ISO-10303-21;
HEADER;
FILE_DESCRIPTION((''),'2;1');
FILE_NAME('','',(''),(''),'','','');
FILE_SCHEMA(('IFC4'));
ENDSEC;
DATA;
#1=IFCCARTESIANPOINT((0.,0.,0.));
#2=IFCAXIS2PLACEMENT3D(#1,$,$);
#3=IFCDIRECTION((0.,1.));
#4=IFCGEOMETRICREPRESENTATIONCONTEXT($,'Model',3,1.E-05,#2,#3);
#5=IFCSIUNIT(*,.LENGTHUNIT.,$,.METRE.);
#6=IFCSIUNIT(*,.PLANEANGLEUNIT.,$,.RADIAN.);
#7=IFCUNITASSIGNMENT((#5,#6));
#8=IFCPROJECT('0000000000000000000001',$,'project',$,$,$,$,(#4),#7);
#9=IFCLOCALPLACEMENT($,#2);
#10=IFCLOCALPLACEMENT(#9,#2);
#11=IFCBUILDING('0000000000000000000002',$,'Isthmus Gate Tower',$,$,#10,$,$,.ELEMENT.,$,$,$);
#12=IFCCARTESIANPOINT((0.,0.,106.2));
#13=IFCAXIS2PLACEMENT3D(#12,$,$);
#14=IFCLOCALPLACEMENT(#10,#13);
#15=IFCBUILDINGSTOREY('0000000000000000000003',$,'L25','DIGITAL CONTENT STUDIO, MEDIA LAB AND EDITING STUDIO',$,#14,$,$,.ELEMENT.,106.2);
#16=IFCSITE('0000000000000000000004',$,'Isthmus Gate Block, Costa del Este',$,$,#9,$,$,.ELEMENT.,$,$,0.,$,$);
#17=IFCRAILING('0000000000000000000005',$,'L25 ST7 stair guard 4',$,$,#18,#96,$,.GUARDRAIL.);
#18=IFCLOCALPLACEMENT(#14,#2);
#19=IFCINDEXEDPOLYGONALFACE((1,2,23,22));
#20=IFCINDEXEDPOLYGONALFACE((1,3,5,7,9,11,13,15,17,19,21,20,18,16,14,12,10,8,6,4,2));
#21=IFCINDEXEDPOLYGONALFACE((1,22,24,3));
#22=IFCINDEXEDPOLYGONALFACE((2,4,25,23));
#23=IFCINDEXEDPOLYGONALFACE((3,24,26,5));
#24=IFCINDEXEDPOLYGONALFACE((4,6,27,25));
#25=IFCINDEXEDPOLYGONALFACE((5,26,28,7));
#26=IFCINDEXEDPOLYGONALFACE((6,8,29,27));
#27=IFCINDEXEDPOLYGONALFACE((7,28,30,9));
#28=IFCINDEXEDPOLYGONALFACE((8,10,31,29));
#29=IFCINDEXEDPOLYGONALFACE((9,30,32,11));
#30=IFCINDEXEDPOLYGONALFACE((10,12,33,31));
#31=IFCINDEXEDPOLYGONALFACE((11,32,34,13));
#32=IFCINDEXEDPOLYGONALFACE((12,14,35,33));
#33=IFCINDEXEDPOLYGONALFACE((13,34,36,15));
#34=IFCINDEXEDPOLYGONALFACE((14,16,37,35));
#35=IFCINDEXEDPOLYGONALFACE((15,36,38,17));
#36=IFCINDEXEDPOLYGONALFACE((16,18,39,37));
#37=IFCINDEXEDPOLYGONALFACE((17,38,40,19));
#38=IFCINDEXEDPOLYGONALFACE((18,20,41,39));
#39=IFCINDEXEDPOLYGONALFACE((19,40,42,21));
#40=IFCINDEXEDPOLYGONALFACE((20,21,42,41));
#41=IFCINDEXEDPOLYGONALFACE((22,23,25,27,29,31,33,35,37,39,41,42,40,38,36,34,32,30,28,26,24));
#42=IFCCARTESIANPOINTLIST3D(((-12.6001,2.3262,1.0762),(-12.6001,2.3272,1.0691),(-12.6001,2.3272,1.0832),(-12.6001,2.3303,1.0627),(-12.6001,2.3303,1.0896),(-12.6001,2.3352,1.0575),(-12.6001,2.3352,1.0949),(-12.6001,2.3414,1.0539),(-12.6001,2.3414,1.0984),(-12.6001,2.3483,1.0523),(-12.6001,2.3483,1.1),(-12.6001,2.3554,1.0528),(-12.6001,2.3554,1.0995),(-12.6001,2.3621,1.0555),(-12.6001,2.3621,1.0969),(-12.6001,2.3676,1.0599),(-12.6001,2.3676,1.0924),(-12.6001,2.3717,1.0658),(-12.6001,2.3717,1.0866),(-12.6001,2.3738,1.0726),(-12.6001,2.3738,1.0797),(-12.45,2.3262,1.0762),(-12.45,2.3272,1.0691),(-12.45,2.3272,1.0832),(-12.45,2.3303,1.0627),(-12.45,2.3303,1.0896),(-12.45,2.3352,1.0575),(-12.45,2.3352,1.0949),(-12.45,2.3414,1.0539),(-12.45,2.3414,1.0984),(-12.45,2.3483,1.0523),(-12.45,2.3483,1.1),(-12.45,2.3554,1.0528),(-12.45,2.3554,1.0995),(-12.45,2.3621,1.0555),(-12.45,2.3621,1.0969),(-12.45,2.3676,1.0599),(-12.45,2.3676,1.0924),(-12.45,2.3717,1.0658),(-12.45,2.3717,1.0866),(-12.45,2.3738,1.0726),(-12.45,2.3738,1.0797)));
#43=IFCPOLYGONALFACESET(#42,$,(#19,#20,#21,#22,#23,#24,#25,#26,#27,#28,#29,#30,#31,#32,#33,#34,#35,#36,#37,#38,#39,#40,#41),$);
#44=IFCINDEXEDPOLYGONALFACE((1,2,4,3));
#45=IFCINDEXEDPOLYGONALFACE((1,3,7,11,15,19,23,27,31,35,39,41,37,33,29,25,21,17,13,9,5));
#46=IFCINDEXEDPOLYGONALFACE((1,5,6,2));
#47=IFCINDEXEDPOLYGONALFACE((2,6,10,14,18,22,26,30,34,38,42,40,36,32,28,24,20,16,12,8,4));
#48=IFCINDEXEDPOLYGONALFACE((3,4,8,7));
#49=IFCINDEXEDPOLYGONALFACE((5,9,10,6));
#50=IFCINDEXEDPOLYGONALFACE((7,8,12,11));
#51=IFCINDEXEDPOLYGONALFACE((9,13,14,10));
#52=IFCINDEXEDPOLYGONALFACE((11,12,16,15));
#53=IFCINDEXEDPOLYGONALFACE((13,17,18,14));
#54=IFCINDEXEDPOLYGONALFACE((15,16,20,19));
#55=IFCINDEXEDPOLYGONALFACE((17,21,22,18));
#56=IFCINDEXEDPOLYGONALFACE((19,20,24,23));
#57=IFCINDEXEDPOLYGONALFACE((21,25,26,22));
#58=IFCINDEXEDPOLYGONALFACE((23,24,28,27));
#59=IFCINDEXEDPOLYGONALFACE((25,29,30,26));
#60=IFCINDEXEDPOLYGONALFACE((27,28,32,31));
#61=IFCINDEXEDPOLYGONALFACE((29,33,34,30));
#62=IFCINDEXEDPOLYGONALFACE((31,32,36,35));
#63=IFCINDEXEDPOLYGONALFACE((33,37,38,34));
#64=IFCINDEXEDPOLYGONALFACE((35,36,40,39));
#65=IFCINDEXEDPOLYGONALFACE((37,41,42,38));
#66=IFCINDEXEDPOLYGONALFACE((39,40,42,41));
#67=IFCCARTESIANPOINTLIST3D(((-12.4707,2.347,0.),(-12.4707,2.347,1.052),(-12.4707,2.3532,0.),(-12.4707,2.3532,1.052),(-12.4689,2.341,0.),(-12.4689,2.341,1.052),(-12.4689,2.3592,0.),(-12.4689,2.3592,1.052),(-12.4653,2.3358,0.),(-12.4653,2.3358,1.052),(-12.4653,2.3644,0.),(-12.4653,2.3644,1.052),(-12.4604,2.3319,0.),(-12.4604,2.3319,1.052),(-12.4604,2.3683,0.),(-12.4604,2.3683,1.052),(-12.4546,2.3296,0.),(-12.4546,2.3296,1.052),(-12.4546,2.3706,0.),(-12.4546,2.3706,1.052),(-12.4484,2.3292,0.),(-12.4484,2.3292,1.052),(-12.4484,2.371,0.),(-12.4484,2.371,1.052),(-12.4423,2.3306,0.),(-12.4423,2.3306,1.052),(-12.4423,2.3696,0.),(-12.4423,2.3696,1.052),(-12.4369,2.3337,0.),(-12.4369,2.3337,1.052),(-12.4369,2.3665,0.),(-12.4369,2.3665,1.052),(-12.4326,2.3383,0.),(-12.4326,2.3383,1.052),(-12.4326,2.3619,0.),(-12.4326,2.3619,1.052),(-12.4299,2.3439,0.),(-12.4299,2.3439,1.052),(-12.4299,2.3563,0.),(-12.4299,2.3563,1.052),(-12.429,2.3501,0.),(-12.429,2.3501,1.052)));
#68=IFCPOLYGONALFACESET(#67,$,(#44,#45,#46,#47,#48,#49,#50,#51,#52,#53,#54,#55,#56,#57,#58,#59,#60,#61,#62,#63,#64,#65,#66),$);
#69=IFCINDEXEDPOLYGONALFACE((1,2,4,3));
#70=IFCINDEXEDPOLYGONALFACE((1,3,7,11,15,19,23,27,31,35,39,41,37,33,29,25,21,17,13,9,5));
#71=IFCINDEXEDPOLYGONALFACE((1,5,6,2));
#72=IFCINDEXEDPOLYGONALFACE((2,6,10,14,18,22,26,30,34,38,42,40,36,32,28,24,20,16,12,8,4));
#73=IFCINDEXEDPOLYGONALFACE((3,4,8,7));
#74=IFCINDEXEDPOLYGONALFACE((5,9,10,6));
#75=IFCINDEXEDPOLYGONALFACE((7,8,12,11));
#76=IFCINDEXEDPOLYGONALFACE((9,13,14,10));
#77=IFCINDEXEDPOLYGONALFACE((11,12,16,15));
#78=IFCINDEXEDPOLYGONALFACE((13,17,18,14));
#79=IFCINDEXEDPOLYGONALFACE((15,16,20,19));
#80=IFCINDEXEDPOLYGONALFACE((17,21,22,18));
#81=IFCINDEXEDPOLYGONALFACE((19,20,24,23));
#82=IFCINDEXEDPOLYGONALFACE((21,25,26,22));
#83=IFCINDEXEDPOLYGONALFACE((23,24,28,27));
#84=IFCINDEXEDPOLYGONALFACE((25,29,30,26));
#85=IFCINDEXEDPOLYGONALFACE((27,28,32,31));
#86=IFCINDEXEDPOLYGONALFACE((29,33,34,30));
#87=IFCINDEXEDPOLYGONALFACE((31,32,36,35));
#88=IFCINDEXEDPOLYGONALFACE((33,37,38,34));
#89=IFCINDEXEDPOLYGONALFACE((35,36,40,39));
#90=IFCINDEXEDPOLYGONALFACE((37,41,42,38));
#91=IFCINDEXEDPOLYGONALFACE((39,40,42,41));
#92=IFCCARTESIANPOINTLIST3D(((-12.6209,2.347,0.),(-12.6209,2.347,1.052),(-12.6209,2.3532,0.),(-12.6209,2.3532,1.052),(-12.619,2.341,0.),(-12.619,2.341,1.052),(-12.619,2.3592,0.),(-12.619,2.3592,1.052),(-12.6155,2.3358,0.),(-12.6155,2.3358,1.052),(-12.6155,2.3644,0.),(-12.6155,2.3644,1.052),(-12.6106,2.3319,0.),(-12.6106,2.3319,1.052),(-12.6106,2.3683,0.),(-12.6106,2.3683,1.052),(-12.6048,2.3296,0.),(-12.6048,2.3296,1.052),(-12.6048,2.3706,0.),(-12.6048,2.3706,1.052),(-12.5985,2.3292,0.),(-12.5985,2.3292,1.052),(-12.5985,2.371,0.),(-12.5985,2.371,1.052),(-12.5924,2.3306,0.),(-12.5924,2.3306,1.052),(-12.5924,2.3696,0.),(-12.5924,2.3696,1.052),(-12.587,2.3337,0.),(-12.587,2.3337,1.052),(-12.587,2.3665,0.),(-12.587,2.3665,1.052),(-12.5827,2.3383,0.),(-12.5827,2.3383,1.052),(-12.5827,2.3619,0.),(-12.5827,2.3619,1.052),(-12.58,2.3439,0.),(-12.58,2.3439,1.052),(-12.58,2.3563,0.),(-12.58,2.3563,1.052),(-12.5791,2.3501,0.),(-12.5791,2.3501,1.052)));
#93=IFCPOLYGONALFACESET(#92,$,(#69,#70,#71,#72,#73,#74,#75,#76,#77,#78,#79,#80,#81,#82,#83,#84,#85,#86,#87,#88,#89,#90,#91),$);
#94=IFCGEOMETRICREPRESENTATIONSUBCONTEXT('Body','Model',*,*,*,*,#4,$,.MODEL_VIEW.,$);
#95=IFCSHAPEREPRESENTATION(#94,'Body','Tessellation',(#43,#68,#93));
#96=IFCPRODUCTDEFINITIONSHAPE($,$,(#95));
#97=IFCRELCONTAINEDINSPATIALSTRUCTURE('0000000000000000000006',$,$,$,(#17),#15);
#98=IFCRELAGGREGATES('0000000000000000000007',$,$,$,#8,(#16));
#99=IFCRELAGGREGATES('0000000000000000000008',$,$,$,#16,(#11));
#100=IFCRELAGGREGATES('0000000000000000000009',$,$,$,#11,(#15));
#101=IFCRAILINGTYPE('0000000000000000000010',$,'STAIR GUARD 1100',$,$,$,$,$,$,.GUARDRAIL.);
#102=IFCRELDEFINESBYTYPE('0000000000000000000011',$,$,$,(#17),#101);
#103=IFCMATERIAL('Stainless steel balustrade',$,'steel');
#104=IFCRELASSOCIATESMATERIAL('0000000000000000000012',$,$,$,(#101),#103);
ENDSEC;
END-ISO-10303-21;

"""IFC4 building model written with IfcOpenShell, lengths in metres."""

from ifc_helpers import new_model, si_unit, direction, frame, origin, origin_2d, place, context, subcontext, project, spatial, circle, extrude, material, type_object, element, save


model = new_model("IFC4")

# Units and contexts
model_context = context("Model", 3, precision=1e-05, world=origin(), true_north=direction((0.0, 1.0)))
body_context = subcontext(model_context, "Body", "Model", "MODEL_VIEW")
ifc_project = project(units=[si_unit("LENGTHUNIT", "METRE"), si_unit("PLANEANGLEUNIT", "RADIAN")], contexts=[model_context])

# Site, building, storey
site_placement = place(None, origin())
site = spatial("IfcSite", under=ifc_project, at=site_placement, Name="Isthmus Gate Block, Costa del Este", CompositionType="ELEMENT", RefElevation=0.0)
building_placement = place(site_placement, origin())
building = spatial("IfcBuilding", under=site, at=building_placement, Name="Isthmus Gate Tower", CompositionType="ELEMENT")
storey_placement = place(building_placement, frame((0.0, 0.0, 106.2)))
storey = spatial("IfcBuildingStorey", under=building, at=storey_placement, Name="L25", Description="DIGITAL CONTENT STUDIO, MEDIA LAB AND EDITING STUDIO", CompositionType="ELEMENT", Elevation=106.2)

# Railing
ifc_material_1 = material(Name="Stainless steel balustrade", Category="steel")
railing_type_1 = type_object("IfcRailingType", Name="STAIR GUARD 1100", PredefinedType="GUARDRAIL", material=ifc_material_1)
railing_1_placement = place(storey_placement, frame((-12.45, 2.3501, 0.0)))
element("IfcRailing", 1, at=railing_1_placement, inside=storey, type_object=railing_type_1, Name="L25 ST7 stair guard 4", PredefinedType="GUARDRAIL", context=body_context, shape_type="SweptSolid", body=[
    extrude(circle(Radius=0.0239, at=origin_2d()), frame((0.0, 0.0, 1.0762), z_axis=(-1.0, 0.0, 0.0), x_axis=(0.0, -1.0, 0.0)), (0.0, 0.0, 1.0), 0.1501),
    extrude(circle(Radius=0.021, at=origin_2d()), origin(), (0.0, 0.0, 1.0), 1.052),
    extrude(circle(Radius=0.021, at=origin_2d()), frame((-0.1501, 0.0, 0.0)), (0.0, 0.0, 1.0), 1.052),
])

save(model, "model.ifc")
